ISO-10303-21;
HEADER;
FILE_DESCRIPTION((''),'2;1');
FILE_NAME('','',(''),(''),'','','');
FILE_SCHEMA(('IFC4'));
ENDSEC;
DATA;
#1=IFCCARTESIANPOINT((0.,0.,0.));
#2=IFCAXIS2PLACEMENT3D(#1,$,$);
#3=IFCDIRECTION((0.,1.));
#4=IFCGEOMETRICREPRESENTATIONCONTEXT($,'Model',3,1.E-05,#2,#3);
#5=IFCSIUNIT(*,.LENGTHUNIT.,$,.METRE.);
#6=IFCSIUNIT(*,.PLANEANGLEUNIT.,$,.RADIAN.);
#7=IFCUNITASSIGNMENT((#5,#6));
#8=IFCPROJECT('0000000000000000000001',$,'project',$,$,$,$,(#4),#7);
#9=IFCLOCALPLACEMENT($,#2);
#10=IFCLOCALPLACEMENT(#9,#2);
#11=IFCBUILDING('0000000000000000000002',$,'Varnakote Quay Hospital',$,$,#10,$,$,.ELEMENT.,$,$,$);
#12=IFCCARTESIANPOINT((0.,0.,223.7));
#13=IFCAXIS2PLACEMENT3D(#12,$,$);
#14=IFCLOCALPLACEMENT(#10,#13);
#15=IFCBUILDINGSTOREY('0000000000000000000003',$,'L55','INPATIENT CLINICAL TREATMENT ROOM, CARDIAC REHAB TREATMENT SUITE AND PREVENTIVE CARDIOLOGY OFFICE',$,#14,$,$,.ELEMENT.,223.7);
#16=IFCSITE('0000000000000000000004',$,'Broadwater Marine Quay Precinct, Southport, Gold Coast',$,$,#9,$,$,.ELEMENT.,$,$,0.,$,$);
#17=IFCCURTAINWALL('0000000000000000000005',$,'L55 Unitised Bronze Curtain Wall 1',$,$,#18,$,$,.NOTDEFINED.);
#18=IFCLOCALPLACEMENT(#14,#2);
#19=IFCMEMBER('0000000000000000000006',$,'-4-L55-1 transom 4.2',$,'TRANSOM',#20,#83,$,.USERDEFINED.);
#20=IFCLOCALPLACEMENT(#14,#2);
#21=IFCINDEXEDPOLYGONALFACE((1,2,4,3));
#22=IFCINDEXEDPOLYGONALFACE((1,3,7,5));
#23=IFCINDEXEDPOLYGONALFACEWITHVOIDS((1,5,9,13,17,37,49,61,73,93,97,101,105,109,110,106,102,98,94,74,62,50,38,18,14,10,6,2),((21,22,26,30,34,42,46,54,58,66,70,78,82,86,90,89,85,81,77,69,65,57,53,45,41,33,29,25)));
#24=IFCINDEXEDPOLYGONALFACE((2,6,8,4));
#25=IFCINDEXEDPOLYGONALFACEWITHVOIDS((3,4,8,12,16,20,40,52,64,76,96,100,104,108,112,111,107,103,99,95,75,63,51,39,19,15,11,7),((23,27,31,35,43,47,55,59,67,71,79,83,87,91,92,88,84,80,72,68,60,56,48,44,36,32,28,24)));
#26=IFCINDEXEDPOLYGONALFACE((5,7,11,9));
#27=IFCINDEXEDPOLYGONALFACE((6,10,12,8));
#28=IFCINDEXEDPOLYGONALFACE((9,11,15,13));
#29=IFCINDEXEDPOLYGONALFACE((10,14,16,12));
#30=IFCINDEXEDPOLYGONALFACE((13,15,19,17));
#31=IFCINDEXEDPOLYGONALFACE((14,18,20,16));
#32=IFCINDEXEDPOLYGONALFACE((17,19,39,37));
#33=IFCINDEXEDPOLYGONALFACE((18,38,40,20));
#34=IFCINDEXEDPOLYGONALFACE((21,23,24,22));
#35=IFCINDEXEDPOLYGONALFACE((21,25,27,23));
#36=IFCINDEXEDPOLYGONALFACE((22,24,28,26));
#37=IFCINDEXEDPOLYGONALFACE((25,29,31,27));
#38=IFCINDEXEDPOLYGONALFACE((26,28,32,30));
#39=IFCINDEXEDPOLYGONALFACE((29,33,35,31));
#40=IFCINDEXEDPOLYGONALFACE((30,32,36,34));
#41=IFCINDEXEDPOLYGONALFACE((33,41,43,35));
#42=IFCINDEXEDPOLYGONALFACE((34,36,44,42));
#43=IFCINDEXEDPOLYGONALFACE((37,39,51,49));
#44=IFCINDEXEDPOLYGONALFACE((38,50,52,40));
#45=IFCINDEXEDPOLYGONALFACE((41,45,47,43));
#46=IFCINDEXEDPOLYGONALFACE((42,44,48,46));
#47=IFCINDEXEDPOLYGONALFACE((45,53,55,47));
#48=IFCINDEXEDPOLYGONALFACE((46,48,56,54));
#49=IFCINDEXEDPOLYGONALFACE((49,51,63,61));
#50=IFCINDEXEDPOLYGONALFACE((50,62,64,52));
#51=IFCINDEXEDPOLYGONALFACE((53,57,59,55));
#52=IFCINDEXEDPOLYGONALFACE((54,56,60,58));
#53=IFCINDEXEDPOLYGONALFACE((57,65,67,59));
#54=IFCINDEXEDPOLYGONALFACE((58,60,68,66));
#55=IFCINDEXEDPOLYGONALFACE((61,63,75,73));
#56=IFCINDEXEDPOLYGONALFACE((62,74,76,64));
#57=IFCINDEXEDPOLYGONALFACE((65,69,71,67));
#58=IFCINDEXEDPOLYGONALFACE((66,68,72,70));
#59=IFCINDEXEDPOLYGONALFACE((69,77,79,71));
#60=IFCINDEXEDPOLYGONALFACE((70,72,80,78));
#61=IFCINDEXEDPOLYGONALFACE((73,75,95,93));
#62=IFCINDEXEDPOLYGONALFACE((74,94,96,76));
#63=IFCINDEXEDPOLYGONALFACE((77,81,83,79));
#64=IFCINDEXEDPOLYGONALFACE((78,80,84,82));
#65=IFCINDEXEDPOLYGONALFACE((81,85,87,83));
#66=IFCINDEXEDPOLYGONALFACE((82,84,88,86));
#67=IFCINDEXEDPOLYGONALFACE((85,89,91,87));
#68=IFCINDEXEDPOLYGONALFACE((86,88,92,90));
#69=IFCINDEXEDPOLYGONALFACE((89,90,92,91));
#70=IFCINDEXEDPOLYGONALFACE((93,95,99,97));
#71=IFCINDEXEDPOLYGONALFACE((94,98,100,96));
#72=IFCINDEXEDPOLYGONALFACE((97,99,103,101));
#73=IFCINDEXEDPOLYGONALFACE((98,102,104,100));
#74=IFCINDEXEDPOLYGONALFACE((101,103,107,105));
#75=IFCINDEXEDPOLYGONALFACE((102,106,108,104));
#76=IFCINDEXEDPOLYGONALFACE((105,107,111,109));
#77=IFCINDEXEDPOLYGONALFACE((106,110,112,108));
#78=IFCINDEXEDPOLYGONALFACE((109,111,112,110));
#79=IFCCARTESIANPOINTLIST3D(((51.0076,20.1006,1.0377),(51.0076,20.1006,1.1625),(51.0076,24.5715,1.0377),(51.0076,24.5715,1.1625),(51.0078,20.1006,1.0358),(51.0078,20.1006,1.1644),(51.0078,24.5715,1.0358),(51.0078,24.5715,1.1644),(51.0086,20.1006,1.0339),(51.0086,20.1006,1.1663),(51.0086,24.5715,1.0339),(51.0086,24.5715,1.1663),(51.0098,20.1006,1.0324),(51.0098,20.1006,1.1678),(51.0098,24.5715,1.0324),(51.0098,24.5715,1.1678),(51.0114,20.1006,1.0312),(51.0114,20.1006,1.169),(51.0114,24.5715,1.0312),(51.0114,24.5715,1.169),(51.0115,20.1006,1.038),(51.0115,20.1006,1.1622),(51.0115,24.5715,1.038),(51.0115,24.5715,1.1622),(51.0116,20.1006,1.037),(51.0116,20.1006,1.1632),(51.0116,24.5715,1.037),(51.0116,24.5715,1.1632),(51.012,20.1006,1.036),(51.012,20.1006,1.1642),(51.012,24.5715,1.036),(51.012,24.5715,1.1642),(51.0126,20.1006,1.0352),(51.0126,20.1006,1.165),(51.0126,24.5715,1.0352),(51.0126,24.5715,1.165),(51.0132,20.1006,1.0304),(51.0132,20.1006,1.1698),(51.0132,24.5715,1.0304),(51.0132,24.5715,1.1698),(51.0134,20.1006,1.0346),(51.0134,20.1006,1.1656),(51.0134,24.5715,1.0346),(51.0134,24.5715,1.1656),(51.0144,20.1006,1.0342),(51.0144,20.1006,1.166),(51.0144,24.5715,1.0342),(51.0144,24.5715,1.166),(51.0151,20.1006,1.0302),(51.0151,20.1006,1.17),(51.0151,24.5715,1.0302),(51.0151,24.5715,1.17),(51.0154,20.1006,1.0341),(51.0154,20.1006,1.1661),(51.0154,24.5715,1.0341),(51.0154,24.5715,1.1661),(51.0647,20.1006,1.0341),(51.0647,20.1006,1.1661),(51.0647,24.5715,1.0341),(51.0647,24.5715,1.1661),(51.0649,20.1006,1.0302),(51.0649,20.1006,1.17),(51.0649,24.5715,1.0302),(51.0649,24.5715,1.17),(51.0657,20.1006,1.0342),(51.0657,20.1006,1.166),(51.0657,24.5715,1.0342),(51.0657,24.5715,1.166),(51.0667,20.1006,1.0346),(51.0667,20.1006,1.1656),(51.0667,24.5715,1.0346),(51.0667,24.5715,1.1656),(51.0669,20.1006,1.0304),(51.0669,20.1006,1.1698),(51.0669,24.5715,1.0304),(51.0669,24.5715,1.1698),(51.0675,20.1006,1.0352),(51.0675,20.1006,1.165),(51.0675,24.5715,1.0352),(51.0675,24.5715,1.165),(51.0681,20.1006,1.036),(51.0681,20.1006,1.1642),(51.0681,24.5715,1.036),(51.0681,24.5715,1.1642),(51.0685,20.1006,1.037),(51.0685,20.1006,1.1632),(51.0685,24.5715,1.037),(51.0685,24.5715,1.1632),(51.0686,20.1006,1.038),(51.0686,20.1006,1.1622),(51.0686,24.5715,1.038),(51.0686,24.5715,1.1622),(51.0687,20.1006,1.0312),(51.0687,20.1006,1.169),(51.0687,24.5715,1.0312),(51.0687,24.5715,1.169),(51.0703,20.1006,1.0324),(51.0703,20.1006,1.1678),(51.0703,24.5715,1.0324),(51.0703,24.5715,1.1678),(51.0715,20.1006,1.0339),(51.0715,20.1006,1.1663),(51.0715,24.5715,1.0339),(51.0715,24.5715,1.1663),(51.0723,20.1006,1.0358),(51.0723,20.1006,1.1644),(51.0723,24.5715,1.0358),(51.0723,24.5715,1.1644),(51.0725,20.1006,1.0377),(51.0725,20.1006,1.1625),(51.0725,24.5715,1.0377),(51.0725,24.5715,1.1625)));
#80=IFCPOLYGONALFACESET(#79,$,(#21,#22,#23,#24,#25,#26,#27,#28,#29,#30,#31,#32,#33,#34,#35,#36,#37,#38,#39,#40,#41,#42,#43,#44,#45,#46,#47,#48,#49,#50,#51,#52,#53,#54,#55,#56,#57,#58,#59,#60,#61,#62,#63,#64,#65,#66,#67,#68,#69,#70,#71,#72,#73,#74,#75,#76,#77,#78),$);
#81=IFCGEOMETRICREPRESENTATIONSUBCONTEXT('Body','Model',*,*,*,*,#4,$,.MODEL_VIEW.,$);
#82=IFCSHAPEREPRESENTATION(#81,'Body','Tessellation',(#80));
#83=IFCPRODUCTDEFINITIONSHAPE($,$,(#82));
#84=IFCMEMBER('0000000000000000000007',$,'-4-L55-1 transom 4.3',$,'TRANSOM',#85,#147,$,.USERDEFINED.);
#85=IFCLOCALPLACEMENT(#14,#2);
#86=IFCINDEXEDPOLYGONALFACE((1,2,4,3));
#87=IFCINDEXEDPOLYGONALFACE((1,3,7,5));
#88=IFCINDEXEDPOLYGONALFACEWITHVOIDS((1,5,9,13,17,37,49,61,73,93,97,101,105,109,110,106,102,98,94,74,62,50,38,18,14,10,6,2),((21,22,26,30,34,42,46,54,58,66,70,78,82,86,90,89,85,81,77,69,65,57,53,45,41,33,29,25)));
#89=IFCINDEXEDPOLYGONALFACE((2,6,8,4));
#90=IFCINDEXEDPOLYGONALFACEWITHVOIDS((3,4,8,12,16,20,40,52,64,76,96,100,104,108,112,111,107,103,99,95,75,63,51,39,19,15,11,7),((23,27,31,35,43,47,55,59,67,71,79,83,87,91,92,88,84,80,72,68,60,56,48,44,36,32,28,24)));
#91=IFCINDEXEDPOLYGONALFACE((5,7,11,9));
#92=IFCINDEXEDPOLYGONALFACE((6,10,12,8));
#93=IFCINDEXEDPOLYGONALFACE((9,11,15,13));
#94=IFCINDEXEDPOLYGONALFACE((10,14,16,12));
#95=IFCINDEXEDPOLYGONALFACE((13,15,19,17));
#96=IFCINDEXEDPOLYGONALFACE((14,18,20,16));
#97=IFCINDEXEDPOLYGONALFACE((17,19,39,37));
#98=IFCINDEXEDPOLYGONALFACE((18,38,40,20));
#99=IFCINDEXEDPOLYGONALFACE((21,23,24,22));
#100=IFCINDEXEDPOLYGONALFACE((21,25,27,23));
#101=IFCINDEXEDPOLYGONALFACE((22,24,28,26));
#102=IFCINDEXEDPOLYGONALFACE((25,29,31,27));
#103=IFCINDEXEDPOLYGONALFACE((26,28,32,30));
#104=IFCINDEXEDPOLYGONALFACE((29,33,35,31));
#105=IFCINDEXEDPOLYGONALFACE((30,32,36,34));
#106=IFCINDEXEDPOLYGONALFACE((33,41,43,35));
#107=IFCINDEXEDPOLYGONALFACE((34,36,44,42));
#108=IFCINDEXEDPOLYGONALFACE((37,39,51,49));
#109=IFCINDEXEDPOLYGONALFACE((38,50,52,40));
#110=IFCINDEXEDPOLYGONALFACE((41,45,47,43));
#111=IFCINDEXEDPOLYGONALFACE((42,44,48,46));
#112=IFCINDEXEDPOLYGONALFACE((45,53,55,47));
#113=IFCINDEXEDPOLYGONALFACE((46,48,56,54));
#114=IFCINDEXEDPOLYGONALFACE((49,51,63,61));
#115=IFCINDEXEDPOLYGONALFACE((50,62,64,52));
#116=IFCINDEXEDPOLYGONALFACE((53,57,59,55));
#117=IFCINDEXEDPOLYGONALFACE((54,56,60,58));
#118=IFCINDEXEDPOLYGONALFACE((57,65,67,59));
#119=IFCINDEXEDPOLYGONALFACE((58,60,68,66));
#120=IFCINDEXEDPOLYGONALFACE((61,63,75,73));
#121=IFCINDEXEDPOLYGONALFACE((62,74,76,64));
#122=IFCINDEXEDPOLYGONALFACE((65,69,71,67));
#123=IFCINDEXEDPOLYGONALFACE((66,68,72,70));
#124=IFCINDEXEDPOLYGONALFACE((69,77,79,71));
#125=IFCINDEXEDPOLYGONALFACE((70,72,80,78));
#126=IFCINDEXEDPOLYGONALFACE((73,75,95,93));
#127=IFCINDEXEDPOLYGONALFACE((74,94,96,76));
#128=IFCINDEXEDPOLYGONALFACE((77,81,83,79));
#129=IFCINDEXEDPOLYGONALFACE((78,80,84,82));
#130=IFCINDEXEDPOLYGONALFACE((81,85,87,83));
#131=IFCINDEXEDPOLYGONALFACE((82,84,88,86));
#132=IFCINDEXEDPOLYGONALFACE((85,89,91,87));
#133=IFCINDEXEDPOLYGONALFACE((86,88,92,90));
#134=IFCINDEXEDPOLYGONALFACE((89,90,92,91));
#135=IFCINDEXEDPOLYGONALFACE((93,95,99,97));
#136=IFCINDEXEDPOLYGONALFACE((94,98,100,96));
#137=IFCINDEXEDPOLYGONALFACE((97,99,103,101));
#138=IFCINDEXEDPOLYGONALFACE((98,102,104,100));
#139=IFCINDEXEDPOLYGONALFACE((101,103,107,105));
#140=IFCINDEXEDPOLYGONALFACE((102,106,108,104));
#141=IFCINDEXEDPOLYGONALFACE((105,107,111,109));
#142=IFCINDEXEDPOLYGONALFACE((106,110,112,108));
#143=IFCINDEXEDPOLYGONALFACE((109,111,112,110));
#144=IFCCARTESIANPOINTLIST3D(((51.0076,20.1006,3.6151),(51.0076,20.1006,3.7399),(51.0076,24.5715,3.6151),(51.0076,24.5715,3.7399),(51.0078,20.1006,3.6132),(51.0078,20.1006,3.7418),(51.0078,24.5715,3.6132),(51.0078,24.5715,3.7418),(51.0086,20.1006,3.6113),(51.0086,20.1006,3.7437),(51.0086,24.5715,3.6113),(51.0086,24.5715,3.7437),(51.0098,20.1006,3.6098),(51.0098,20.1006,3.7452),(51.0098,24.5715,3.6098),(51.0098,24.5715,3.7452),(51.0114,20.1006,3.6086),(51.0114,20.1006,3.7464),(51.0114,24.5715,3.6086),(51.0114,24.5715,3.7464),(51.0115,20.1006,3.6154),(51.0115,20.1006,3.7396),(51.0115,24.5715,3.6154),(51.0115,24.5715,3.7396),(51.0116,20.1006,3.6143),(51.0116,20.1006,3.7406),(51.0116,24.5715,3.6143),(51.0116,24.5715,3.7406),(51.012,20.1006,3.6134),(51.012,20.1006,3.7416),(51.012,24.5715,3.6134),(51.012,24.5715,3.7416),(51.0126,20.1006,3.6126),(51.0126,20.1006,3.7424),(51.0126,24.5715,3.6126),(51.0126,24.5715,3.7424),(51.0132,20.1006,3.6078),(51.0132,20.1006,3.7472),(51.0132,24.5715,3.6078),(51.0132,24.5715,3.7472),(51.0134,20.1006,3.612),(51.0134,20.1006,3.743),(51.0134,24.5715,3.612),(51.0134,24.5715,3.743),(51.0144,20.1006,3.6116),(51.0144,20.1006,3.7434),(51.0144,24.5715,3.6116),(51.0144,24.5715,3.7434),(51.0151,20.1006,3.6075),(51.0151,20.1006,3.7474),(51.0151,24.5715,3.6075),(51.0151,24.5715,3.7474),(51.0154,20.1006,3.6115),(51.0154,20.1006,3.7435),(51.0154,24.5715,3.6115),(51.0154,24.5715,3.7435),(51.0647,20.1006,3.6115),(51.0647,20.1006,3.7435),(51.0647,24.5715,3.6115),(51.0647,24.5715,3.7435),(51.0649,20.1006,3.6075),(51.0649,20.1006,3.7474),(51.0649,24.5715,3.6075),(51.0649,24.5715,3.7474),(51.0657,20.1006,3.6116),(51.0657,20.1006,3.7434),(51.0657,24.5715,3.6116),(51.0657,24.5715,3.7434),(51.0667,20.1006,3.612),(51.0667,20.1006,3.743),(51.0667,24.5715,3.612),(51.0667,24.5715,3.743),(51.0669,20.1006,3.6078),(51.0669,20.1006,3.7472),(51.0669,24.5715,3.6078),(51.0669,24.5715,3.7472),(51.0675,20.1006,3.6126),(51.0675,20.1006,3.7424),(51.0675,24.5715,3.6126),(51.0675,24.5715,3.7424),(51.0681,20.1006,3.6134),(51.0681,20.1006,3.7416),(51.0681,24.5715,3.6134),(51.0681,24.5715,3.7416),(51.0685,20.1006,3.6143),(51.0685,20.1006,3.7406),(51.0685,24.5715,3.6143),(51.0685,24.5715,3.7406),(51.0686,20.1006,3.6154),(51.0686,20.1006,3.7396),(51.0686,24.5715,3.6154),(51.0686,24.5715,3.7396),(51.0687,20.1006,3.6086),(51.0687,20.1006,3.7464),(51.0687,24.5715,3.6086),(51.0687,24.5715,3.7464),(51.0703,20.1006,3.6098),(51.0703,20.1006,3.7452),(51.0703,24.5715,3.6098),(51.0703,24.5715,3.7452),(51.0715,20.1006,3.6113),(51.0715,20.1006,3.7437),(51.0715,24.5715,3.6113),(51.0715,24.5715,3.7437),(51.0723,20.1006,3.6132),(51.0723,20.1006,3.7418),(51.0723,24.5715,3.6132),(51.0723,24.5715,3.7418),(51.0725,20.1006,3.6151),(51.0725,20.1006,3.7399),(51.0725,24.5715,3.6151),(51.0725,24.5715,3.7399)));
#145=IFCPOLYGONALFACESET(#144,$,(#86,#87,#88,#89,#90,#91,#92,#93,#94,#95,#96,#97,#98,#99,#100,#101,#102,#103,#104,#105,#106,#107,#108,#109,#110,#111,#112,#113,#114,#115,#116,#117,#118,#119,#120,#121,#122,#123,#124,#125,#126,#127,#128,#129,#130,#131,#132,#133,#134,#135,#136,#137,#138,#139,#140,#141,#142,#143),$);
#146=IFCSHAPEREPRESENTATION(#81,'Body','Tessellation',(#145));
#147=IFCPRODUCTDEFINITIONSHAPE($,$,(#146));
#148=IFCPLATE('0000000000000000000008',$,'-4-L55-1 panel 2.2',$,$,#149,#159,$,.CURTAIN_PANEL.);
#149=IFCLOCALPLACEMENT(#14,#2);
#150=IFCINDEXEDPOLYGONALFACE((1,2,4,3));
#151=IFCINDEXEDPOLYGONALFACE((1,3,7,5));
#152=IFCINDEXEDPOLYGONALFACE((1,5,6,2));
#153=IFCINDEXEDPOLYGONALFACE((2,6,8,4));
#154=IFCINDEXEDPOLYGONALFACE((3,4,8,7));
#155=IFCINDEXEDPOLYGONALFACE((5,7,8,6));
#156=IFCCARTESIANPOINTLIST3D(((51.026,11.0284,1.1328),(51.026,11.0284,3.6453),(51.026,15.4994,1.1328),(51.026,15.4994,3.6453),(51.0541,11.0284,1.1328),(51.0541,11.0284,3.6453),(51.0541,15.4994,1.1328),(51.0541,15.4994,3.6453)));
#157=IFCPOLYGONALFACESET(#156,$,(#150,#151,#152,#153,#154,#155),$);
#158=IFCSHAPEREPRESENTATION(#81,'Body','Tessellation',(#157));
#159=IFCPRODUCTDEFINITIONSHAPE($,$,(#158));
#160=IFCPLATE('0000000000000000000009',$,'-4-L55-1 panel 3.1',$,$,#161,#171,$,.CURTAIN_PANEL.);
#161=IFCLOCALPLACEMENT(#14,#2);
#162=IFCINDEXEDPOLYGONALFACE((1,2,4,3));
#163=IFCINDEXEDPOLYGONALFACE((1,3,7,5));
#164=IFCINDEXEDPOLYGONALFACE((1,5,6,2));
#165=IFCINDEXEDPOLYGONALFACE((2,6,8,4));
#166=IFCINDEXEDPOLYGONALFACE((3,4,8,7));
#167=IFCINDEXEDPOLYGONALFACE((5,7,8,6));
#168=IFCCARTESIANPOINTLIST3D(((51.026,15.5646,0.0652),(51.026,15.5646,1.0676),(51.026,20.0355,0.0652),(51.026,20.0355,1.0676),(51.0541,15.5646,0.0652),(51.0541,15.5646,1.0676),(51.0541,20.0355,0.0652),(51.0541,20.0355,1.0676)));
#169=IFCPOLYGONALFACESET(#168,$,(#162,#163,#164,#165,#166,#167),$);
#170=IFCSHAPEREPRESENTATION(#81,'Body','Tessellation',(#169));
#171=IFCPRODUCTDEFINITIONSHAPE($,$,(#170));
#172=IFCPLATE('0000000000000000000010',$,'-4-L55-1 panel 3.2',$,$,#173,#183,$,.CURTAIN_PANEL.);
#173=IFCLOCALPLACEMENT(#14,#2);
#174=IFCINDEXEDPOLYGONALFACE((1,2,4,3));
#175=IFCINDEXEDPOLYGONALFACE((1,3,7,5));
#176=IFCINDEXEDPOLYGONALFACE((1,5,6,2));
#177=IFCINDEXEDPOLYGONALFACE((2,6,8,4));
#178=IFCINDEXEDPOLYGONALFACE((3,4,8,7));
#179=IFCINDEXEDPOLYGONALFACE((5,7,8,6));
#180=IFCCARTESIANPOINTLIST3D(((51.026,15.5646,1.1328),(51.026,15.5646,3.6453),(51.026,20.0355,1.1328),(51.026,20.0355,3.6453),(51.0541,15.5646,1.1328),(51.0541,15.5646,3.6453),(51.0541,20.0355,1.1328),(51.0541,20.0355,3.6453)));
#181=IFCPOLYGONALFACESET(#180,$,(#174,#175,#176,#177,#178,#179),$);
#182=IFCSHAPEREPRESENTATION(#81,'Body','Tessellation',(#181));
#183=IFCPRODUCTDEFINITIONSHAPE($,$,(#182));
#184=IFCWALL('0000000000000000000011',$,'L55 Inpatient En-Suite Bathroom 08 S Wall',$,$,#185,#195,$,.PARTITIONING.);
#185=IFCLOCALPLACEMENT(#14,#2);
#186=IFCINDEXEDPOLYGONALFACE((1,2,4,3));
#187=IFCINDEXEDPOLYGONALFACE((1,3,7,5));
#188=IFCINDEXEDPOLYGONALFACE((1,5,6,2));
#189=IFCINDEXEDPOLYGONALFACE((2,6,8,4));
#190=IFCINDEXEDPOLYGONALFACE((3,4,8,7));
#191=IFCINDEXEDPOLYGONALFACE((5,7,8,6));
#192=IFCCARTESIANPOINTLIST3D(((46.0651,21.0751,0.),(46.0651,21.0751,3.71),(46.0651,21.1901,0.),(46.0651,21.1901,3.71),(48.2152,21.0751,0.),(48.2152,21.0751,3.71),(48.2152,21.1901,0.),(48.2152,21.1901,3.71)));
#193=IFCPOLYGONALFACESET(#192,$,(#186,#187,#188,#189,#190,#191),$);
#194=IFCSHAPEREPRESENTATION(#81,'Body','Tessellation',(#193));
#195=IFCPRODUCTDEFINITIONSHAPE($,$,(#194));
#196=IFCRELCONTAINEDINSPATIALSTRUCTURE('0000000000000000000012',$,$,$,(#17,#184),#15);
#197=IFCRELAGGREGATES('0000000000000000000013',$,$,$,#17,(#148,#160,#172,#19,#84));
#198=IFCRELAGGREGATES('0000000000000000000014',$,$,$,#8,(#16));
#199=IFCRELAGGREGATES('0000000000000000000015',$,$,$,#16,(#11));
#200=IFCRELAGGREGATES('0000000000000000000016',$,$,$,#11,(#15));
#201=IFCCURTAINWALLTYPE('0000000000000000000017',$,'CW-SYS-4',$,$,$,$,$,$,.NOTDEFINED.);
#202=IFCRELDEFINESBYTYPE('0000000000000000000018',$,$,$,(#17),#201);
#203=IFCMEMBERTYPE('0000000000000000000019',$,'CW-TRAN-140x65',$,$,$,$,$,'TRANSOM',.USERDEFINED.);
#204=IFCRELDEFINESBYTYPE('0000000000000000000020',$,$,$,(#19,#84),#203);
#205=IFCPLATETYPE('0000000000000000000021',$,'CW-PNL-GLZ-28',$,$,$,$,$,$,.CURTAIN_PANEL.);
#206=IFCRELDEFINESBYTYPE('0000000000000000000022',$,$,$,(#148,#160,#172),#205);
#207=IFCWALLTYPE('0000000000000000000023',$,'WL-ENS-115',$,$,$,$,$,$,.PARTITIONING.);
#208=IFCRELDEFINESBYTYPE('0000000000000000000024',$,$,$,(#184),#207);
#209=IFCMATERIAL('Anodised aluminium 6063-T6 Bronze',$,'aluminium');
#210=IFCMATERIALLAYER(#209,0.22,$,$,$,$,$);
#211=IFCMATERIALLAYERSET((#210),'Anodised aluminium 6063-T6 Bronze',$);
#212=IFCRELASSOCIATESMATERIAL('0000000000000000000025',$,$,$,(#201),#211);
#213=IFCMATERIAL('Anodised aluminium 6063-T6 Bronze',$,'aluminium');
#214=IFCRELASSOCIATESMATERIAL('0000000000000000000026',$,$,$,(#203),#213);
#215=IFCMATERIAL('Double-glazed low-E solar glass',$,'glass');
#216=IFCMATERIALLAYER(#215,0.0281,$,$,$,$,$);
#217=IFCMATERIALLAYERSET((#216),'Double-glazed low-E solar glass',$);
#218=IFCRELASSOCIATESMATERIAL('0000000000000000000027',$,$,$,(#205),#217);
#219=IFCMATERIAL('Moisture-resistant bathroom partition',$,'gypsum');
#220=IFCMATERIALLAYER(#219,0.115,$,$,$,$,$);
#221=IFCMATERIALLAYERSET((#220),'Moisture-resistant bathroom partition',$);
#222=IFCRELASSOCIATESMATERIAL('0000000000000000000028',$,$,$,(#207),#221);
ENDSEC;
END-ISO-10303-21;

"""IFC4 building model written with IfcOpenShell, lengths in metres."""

from ifc_helpers import new_model, si_unit, direction, frame, frame_2d, origin, origin_2d, place, context, subcontext, project, spatial, rectangle, hollow_rectangle, extrude, material, layer, layer_set, material_profile, profile_set, type_object, element, aggregate, save


model = new_model("IFC4")

# Units and contexts
model_context = context("Model", 3, precision=1e-05, world=origin(), true_north=direction((0.0, 1.0)))
body_context = subcontext(model_context, "Body", "Model", "MODEL_VIEW")
ifc_project = project(units=[si_unit("LENGTHUNIT", "METRE"), si_unit("PLANEANGLEUNIT", "RADIAN")], contexts=[model_context])

# Site, building, storey
site_placement = place(None, origin())
site = spatial("IfcSite", under=ifc_project, at=site_placement, Name="Broadwater Marine Quay Precinct, Southport, Gold Coast", CompositionType="ELEMENT", RefElevation=0.0)
building_placement = place(site_placement, origin())
building = spatial("IfcBuilding", under=site, at=building_placement, Name="Varnakote Quay Hospital", CompositionType="ELEMENT")
storey_placement = place(building_placement, frame((0.0, 0.0, 223.7)))
storey = spatial("IfcBuildingStorey", under=building, at=storey_placement, Name="L55", Description="INPATIENT CLINICAL TREATMENT ROOM, CARDIAC REHAB TREATMENT SUITE AND PREVENTIVE CARDIOLOGY OFFICE", CompositionType="ELEMENT", Elevation=223.7)

# Curtain wall, members, plates
ifc_material_1 = material(Name="Anodised aluminium 6063-T6 Bronze", Category="aluminium")
ifc_layer_1 = layer(ifc_material_1, 0.22)
ifc_layer_set_1 = layer_set([ifc_layer_1], Name="Anodised aluminium 6063-T6 Bronze")
curtain_wall_type = type_object("IfcCurtainWallType", Name="CW-SYS-4", PredefinedType="NOTDEFINED", material=ifc_layer_set_1)
curtain_wall_placement = place(storey_placement, origin())
curtain_wall = element("IfcCurtainWall", 1, at=curtain_wall_placement, inside=storey, type_object=curtain_wall_type, Name="L55 Unitised Bronze Curtain Wall 1", PredefinedType="NOTDEFINED")
ifc_material_2 = material(Name="Anodised aluminium 6063-T6 Bronze", Category="aluminium")
ifc_material_profile_1 = material_profile(ifc_material_2, hollow_rectangle(XDim=0.0649, YDim=0.1399, WallThickness=0.0039, InnerFilletRadius=0.0039, OuterFilletRadius=0.0076, at=origin_2d()), Name="CW-TRAN-140x65")
ifc_profile_set_1 = profile_set([ifc_material_profile_1], Name="Anodised aluminium 6063-T6 Bronze")
member_type_1 = type_object("IfcMemberType", Name="CW-TRAN-140x65", ElementType="TRANSOM", PredefinedType="USERDEFINED", material=ifc_profile_set_1)
member_1_placement = place(storey_placement, frame((51.04, 20.1006, 1.1001), z_axis=(0.0, 1.0, 0.0), x_axis=(-1.0, 0.0, 0.0)))
member_1 = element("IfcMember", 2, at=member_1_placement, type_object=member_type_1, Name="-4-L55-1 transom 4.2", ObjectType="TRANSOM", PredefinedType="USERDEFINED", context=body_context, shape_type="SweptSolid", body=[
    extrude(hollow_rectangle(XDim=0.0649, YDim=0.1399, WallThickness=0.0039, InnerFilletRadius=0.0039, OuterFilletRadius=0.0076, at=origin_2d()), origin(), (0.0, 0.0, 1.0), 4.4709),
])
member_2_placement = place(storey_placement, frame((51.04, 20.1006, 3.6775), z_axis=(0.0, 1.0, 0.0), x_axis=(-1.0, 0.0, 0.0)))
member_2 = element("IfcMember", 3, at=member_2_placement, type_object=member_type_1, Name="-4-L55-1 transom 4.3", ObjectType="TRANSOM", PredefinedType="USERDEFINED", context=body_context, shape_type="SweptSolid", body=[
    extrude(hollow_rectangle(XDim=0.0649, YDim=0.1399, WallThickness=0.0039, InnerFilletRadius=0.0039, OuterFilletRadius=0.0076, at=origin_2d()), origin(), (0.0, 0.0, 1.0), 4.4709),
])
ifc_material_3 = material(Name="Double-glazed low-E solar glass", Category="glass")
ifc_layer_2 = layer(ifc_material_3, 0.0281)
ifc_layer_set_2 = layer_set([ifc_layer_2], Name="Double-glazed low-E solar glass")
plate_type = type_object("IfcPlateType", Name="CW-PNL-GLZ-28", PredefinedType="CURTAIN_PANEL", material=ifc_layer_set_2)
plate_1_placement = place(storey_placement, frame((51.04, 13.2639, 1.1328), z_axis=(0.0, 0.0, 1.0), x_axis=(0.0, 1.0, 0.0)))
plate_1 = element("IfcPlate", 4, at=plate_1_placement, type_object=plate_type, Name="-4-L55-1 panel 2.2", PredefinedType="CURTAIN_PANEL", context=body_context, shape_type="SweptSolid", body=[
    extrude(rectangle(XDim=4.4709, YDim=0.0281, at=origin_2d()), origin(), (0.0, 0.0, 1.0), 2.5125),
])
plate_2_placement = place(storey_placement, frame((51.04, 17.8, 0.0652), z_axis=(0.0, 0.0, 1.0), x_axis=(0.0, 1.0, 0.0)))
plate_2 = element("IfcPlate", 5, at=plate_2_placement, type_object=plate_type, Name="-4-L55-1 panel 3.1", PredefinedType="CURTAIN_PANEL", context=body_context, shape_type="SweptSolid", body=[
    extrude(rectangle(XDim=4.4709, YDim=0.0281, at=origin_2d()), origin(), (0.0, 0.0, 1.0), 1.0024),
])
plate_3_placement = place(storey_placement, frame((51.04, 17.8, 1.1328), z_axis=(0.0, 0.0, 1.0), x_axis=(0.0, 1.0, 0.0)))
plate_3 = element("IfcPlate", 6, at=plate_3_placement, type_object=plate_type, Name="-4-L55-1 panel 3.2", PredefinedType="CURTAIN_PANEL", context=body_context, shape_type="SweptSolid", body=[
    extrude(rectangle(XDim=4.4709, YDim=0.0281, at=origin_2d()), origin(), (0.0, 0.0, 1.0), 2.5125),
])
aggregate(curtain_wall, [plate_1, plate_2, plate_3, member_1, member_2])

# Wall
ifc_material_4 = material(Name="Moisture-resistant bathroom partition", Category="gypsum")
ifc_layer_3 = layer(ifc_material_4, 0.115)
ifc_layer_set_3 = layer_set([ifc_layer_3], Name="Moisture-resistant bathroom partition")
wall_type_1 = type_object("IfcWallType", Name="WL-ENS-115", PredefinedType="PARTITIONING", material=ifc_layer_set_3)
wall_1_placement = place(storey_placement, frame((46.0649, 21.1326, 0.0), z_axis=(0.0, 0.0, 1.0), x_axis=(1.0, 0.0, 0.0)))
element("IfcWall", 7, at=wall_1_placement, inside=storey, type_object=wall_type_1, Name="L55 Inpatient En-Suite Bathroom 08 S Wall", PredefinedType="PARTITIONING", context=body_context, shape_type="SweptSolid", body=[
    extrude(rectangle(XDim=2.1501, YDim=0.115, at=frame_2d((1.0752, 0.0))), origin(), (0.0, 0.0, 1.0), 3.71),
])

save(model, "model.ifc")
